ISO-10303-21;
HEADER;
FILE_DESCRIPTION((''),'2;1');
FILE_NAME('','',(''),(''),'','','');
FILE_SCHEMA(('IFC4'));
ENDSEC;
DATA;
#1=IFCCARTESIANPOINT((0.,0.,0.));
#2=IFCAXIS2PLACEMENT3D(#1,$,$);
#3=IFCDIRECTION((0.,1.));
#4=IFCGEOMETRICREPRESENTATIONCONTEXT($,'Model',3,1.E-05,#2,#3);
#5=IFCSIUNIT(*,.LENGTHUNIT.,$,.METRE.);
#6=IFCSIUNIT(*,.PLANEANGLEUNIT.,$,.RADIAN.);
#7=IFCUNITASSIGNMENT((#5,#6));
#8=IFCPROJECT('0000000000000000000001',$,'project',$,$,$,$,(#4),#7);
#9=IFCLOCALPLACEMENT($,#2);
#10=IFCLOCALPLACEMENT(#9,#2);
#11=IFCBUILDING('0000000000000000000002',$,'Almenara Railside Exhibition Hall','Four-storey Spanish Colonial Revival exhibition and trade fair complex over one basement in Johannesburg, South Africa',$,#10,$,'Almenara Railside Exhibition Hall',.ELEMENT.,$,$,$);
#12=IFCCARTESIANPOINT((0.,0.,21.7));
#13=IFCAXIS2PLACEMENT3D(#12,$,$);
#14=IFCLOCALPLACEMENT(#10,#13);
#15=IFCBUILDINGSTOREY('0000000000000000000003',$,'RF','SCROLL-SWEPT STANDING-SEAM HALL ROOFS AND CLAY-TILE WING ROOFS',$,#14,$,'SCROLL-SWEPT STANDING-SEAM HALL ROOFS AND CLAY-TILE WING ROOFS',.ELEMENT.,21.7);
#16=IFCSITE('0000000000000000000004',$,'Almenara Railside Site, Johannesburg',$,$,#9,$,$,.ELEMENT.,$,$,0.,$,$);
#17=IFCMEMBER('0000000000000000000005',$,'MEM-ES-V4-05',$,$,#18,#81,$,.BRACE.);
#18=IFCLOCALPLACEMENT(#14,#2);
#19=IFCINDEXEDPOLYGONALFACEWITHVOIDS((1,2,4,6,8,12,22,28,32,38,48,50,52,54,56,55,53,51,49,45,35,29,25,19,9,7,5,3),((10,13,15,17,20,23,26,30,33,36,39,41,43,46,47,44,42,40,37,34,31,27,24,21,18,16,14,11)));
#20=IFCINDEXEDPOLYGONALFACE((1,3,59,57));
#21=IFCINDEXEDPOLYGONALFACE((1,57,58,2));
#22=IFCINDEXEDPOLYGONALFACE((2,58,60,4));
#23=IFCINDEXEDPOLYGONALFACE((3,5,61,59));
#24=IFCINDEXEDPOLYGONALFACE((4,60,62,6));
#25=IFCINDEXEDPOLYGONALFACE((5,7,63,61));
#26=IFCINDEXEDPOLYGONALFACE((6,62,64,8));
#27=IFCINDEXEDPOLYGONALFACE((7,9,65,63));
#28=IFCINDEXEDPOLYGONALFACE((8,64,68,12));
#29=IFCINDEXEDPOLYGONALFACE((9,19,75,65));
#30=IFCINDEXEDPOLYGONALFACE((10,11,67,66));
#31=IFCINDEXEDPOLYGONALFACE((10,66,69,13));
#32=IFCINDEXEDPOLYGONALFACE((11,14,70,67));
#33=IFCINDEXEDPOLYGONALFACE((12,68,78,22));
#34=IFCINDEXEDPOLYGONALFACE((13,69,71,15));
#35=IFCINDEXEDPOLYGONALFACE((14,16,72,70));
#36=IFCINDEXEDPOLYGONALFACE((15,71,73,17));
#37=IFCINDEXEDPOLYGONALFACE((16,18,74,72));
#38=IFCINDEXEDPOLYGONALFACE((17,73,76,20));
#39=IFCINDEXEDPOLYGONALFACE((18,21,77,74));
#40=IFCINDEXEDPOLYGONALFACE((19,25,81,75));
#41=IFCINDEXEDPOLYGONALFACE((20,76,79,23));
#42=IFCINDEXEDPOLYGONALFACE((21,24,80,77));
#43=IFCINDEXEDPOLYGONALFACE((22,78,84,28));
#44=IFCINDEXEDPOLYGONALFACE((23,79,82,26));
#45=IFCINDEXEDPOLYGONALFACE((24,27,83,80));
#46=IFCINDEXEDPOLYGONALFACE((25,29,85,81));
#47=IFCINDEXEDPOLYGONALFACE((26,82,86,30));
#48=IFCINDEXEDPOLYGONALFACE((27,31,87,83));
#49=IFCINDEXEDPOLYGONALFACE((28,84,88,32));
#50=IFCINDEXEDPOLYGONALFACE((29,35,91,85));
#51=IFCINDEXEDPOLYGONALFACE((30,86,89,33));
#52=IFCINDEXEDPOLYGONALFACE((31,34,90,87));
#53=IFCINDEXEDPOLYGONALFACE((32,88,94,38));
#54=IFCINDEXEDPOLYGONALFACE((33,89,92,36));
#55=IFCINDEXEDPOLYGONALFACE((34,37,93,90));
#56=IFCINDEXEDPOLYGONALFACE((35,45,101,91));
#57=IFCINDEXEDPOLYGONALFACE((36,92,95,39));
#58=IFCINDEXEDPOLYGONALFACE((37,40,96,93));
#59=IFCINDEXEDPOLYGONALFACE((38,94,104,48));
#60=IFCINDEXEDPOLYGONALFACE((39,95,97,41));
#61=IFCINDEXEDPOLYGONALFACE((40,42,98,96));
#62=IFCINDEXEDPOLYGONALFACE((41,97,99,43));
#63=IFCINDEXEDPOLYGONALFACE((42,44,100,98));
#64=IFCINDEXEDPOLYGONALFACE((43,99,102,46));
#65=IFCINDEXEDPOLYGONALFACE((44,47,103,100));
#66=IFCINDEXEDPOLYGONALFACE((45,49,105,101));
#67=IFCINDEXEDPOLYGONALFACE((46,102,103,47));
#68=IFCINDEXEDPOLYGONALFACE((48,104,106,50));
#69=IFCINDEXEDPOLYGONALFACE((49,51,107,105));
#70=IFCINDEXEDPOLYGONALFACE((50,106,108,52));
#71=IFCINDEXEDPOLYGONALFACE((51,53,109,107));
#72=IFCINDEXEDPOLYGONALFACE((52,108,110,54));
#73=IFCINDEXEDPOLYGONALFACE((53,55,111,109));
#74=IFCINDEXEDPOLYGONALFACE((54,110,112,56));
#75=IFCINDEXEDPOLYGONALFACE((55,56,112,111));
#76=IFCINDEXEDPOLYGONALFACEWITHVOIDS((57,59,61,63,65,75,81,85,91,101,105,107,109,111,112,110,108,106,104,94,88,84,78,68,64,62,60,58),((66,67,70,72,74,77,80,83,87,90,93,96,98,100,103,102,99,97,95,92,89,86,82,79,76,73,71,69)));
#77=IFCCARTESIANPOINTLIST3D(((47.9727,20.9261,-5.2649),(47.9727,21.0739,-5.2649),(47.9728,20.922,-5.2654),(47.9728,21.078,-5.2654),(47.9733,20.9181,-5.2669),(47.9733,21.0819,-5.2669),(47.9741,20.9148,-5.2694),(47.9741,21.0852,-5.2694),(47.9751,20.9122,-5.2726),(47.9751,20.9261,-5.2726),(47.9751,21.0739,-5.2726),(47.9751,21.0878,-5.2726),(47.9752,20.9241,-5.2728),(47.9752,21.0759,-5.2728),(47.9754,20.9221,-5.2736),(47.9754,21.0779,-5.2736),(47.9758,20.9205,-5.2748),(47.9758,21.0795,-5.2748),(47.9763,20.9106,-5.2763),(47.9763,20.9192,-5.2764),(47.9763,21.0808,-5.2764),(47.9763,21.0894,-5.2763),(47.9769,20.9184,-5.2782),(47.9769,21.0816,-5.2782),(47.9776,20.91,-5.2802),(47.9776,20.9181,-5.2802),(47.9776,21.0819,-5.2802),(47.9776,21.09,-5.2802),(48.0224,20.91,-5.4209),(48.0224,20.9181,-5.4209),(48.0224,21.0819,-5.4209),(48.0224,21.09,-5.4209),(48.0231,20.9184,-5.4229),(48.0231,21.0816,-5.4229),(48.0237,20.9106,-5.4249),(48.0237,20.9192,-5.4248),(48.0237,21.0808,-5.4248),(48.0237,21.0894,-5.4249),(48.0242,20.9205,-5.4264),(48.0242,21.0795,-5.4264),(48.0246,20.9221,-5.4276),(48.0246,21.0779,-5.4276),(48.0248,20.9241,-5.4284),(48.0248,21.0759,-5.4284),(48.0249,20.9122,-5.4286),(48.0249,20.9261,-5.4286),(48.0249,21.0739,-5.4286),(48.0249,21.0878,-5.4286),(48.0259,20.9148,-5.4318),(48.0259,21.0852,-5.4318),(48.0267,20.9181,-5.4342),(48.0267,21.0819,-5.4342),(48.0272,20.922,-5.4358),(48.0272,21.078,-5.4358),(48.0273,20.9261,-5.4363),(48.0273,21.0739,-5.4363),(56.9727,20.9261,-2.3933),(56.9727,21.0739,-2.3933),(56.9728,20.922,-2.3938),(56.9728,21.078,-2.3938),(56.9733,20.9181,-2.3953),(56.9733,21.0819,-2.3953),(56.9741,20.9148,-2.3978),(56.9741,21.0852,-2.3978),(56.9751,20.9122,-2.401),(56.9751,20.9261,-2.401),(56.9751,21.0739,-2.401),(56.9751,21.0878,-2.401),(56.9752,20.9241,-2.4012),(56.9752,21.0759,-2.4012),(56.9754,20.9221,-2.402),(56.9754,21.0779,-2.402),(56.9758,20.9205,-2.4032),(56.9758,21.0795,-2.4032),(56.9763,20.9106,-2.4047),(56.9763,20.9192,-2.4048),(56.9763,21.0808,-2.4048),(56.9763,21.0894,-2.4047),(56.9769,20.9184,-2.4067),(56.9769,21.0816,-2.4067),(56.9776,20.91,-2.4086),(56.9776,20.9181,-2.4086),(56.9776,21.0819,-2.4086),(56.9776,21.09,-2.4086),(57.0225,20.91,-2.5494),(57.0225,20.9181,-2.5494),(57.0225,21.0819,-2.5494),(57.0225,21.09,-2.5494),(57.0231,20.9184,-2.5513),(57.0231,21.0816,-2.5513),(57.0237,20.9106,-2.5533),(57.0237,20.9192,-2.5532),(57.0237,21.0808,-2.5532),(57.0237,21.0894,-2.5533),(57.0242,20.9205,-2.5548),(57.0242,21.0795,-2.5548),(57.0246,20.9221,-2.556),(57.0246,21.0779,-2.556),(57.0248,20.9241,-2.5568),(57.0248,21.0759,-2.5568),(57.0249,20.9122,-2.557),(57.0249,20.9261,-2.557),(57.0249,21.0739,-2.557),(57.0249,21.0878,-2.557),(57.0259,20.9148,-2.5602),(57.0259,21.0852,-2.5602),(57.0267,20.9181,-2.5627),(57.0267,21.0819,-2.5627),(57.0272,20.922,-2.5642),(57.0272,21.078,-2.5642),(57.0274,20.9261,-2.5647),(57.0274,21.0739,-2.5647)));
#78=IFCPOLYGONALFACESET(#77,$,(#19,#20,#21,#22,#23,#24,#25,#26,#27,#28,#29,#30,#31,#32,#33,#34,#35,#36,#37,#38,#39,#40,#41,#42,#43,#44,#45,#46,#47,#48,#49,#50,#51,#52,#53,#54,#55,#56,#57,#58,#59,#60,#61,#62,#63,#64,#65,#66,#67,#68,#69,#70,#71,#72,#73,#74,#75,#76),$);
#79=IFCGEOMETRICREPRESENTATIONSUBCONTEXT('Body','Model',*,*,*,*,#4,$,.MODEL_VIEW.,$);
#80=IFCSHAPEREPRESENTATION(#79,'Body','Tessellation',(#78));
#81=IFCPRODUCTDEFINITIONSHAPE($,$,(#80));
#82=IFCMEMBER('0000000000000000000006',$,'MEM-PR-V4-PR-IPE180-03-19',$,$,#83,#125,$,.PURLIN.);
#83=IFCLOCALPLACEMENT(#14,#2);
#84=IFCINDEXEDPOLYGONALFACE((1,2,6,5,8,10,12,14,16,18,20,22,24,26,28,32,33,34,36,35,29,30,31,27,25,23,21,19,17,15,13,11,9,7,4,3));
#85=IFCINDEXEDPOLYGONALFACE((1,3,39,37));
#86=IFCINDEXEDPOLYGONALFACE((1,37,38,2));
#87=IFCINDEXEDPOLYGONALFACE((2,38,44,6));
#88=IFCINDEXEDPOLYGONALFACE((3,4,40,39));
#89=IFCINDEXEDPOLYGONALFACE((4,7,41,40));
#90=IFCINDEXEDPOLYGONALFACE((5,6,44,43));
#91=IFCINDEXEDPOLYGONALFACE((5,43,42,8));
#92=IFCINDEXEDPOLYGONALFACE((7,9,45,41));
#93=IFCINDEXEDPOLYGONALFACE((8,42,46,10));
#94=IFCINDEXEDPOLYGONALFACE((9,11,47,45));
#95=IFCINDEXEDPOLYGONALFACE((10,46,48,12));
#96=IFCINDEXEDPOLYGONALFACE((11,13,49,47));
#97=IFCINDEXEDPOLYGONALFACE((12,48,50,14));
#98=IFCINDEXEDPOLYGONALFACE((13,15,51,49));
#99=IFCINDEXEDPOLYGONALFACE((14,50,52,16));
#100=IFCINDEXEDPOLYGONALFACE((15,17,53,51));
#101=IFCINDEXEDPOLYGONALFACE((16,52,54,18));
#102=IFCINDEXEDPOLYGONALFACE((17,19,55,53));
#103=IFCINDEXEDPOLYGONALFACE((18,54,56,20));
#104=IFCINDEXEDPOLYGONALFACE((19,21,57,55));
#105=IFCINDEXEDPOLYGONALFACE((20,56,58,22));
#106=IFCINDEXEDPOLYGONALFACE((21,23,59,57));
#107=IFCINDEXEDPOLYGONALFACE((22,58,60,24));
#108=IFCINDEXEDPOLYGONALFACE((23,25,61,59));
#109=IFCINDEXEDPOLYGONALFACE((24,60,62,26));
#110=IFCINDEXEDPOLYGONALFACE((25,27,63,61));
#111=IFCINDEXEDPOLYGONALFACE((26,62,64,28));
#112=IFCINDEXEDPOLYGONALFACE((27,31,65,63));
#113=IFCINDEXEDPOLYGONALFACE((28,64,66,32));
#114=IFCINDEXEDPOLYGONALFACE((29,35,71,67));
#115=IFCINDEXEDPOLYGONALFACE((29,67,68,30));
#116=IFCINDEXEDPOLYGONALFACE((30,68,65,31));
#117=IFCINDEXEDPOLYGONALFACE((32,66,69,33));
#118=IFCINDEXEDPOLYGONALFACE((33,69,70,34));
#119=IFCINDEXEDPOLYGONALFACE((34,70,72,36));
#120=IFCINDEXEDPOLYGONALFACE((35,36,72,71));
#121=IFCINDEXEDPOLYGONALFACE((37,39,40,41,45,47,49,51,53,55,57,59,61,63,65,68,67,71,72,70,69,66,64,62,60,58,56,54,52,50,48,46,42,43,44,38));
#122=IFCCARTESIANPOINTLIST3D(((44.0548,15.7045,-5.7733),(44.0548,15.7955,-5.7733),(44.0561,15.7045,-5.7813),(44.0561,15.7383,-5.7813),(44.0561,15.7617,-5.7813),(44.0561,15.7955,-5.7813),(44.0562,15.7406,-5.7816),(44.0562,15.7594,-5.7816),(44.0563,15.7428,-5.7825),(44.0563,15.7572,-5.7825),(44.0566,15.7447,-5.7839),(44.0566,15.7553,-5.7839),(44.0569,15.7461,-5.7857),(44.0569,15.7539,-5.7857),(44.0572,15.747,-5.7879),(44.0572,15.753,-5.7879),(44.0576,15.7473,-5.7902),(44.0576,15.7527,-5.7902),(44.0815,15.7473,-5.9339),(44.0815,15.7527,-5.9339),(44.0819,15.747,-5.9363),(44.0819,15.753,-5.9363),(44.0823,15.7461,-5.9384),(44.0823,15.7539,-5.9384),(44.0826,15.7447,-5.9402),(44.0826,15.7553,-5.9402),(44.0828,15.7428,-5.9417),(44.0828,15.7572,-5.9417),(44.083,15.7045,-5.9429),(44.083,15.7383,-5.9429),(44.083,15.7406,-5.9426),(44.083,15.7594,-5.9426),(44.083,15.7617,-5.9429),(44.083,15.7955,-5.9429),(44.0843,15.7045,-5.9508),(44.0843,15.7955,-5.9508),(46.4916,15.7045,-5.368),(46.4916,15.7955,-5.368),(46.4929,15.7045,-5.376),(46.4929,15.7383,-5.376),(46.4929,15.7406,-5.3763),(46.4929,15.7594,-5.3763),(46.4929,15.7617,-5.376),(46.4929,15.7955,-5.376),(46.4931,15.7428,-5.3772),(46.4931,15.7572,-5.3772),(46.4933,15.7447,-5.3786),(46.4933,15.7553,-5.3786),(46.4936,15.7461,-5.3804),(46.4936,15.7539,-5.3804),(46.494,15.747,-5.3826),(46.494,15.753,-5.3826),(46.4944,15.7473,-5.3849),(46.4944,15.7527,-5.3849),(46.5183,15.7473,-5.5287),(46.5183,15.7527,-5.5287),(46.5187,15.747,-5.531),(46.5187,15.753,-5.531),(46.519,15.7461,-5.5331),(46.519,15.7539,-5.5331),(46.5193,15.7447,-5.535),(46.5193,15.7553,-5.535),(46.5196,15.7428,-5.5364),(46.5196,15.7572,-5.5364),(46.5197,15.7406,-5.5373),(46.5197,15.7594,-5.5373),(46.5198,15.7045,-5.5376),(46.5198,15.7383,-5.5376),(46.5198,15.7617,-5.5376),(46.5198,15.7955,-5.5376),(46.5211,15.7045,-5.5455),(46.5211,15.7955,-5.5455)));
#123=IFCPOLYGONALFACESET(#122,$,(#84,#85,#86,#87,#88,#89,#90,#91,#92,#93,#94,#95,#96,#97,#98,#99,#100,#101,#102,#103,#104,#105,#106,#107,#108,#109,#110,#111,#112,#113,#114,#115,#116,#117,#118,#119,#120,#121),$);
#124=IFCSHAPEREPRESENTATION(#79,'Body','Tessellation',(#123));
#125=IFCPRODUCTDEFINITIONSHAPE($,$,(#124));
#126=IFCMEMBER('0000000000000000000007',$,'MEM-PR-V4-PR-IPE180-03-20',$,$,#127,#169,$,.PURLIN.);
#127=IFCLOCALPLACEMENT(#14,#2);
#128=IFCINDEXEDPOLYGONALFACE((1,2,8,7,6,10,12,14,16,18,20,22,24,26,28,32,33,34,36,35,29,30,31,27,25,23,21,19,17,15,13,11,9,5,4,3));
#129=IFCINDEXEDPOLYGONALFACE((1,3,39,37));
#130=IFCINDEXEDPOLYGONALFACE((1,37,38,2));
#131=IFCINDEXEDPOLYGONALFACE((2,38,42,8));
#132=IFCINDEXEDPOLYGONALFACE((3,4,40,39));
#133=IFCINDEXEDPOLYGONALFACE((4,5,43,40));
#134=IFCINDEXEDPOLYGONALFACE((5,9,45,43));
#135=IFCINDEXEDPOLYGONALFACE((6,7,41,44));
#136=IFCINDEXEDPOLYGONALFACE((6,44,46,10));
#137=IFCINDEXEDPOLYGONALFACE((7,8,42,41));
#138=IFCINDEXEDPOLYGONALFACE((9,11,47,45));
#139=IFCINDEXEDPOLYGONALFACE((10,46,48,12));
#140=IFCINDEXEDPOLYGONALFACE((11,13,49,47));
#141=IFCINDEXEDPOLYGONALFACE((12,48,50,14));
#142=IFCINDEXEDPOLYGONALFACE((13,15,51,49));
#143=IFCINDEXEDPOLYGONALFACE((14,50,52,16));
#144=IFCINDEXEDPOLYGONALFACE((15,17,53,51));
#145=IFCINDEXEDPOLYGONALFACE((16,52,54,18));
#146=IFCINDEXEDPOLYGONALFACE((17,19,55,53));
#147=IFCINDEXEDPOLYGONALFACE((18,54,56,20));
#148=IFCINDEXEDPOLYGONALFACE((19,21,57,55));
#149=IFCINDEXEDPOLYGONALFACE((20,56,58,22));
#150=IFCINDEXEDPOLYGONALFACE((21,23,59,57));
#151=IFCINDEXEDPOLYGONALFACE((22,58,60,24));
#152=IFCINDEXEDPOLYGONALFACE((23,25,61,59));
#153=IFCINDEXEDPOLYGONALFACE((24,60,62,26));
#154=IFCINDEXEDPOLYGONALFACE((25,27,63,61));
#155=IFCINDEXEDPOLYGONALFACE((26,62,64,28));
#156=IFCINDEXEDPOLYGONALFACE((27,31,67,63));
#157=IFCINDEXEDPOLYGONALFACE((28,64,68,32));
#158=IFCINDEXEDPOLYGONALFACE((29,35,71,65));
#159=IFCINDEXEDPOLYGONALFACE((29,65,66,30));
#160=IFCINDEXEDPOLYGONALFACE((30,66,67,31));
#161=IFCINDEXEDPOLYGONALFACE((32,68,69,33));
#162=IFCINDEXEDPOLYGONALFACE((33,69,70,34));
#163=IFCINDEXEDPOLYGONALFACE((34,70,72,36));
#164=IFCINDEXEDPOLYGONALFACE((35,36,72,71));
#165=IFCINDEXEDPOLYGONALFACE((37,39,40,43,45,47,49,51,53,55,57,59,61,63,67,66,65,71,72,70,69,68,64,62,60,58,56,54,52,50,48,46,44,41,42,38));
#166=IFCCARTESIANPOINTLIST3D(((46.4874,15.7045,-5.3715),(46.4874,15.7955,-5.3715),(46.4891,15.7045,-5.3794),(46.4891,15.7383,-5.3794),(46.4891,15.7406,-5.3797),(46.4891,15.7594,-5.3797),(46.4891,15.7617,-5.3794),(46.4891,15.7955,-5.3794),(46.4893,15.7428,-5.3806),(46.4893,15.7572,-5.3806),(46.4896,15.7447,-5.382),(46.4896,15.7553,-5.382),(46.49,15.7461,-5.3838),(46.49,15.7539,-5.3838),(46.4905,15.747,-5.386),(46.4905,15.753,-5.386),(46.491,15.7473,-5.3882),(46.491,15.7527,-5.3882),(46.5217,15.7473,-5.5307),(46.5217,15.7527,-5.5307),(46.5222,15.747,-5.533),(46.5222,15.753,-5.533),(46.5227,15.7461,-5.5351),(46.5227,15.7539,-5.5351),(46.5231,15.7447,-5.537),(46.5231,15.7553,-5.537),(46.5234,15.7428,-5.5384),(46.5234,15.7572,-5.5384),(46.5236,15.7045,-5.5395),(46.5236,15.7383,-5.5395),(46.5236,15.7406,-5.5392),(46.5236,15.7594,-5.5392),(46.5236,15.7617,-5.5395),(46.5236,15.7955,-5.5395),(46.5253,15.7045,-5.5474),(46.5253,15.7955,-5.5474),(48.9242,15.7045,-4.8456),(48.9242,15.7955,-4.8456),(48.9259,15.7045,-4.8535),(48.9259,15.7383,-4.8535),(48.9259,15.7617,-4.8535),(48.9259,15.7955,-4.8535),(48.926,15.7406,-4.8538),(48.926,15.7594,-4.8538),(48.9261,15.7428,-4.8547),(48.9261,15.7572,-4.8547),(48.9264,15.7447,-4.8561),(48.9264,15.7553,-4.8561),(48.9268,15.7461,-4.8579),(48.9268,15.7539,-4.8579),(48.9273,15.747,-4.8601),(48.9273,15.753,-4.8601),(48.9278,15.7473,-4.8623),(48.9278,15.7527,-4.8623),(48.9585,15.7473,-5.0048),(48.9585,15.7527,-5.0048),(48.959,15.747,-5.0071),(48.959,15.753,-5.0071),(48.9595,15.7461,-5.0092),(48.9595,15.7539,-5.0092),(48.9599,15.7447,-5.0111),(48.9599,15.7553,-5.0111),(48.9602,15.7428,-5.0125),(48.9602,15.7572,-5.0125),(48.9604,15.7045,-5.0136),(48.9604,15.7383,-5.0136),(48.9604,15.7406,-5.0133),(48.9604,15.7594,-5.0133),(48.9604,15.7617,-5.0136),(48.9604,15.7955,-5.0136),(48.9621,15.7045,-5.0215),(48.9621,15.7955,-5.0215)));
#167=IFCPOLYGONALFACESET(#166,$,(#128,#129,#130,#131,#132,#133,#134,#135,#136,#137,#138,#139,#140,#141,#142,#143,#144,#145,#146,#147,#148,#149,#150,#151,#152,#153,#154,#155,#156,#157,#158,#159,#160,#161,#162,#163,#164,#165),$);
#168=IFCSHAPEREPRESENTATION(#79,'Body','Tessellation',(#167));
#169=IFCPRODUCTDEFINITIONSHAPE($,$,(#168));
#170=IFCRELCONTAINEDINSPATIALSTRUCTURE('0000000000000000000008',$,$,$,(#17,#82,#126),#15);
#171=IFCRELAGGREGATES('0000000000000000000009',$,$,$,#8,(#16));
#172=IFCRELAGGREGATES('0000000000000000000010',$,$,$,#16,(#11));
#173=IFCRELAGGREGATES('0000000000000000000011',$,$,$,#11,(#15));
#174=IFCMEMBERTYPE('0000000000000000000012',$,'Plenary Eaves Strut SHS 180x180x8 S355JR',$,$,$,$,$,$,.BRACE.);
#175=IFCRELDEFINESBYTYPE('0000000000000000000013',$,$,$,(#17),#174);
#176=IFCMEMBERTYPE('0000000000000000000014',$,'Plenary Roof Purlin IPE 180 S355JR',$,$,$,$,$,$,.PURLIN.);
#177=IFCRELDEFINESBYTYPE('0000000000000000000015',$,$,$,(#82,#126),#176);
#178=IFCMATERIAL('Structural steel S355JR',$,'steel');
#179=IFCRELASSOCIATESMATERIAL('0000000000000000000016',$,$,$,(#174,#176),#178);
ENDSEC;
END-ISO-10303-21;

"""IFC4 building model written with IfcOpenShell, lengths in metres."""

from ifc_helpers import new_model, si_unit, direction, frame, origin, origin_2d, place, context, subcontext, project, spatial, hollow_rectangle, i_section, extrude, material, material_profile, profile_set, type_object, element, save


model = new_model("IFC4")

# Units and contexts
model_context = context("Model", 3, precision=1e-05, world=origin(), true_north=direction((0.0, 1.0)))
body_context = subcontext(model_context, "Body", "Model", "MODEL_VIEW")
ifc_project = project(units=[si_unit("LENGTHUNIT", "METRE"), si_unit("PLANEANGLEUNIT", "RADIAN")], contexts=[model_context])

# Site, building, storey
site_placement = place(None, origin())
site = spatial("IfcSite", under=ifc_project, at=site_placement, Name="Almenara Railside Site, Johannesburg", CompositionType="ELEMENT", RefElevation=0.0)
building_placement = place(site_placement, origin())
building = spatial("IfcBuilding", under=site, at=building_placement, Name="Almenara Railside Exhibition Hall", Description="Four-storey Spanish Colonial Revival exhibition and trade fair complex over one basement in Johannesburg, South Africa", LongName="Almenara Railside Exhibition Hall", CompositionType="ELEMENT")
storey_placement = place(building_placement, frame((0.0, 0.0, 21.7)))
storey = spatial("IfcBuildingStorey", under=building, at=storey_placement, Name="RF", Description="SCROLL-SWEPT STANDING-SEAM HALL ROOFS AND CLAY-TILE WING ROOFS", LongName="SCROLL-SWEPT STANDING-SEAM HALL ROOFS AND CLAY-TILE WING ROOFS", CompositionType="ELEMENT", Elevation=21.7)

# Members
ifc_material_1 = material(Name="Structural steel S355JR", Category="steel")
ifc_material_profile_1 = material_profile(ifc_material_1, hollow_rectangle(XDim=0.1799, YDim=0.1799, WallThickness=0.0081, InnerFilletRadius=0.0081, OuterFilletRadius=0.0161, at=origin_2d()), Name="SHS 180x180x8")
ifc_profile_set_1 = profile_set([ifc_material_profile_1], Name="Structural steel S355JR")
member_type_1 = type_object("IfcMemberType", Name="Plenary Eaves Strut SHS 180x180x8 S355JR", PredefinedType="BRACE", material=ifc_profile_set_1)
member_1_placement = place(storey_placement, frame((48.0, 21.0, -5.3506), z_axis=(0.952682, 0.0, 0.303967), x_axis=(0.0, 1.0, 0.0)))
element("IfcMember", 1, at=member_1_placement, inside=storey, type_object=member_type_1, Name="MEM-ES-V4-05", PredefinedType="BRACE", context=body_context, shape_type="SweptSolid", body=[
    extrude(hollow_rectangle(XDim=0.1799, YDim=0.1799, WallThickness=0.0081, InnerFilletRadius=0.0081, OuterFilletRadius=0.0161, at=origin_2d()), origin(), (0.0, 0.0, 1.0), 9.447),
])
ifc_material_profile_2 = material_profile(ifc_material_1, i_section(OverallWidth=0.0911, OverallDepth=0.1799, WebThickness=0.0054, FlangeThickness=0.0081, FilletRadius=0.009, at=origin_2d()), Name="IPE 180")
ifc_profile_set_2 = profile_set([ifc_material_profile_2], Name="Structural steel S355JR")
member_type_2 = type_object("IfcMemberType", Name="Plenary Roof Purlin IPE 180 S355JR", PredefinedType="PURLIN", material=ifc_profile_set_2)
member_2_placement = place(storey_placement, frame((44.0696, 15.75, -5.8621), z_axis=(0.98645, 0.0, 0.164062), x_axis=(0.0, 1.0, 0.0)))
element("IfcMember", 2, at=member_2_placement, inside=storey, type_object=member_type_2, Name="MEM-PR-V4-PR-IPE180-03-19", PredefinedType="PURLIN", context=body_context, shape_type="SweptSolid", body=[
    extrude(i_section(OverallWidth=0.0911, OverallDepth=0.1799, WebThickness=0.0054, FlangeThickness=0.0081, FilletRadius=0.009, at=origin_2d()), origin(), (0.0, 0.0, 1.0), 2.4702),
])
member_3_placement = place(storey_placement, frame((46.5063, 15.75, -5.4595), z_axis=(0.977496, 0.0, 0.210953), x_axis=(0.0, 1.0, 0.0)))
element("IfcMember", 3, at=member_3_placement, inside=storey, type_object=member_type_2, Name="MEM-PR-V4-PR-IPE180-03-20", PredefinedType="PURLIN", context=body_context, shape_type="SweptSolid", body=[
    extrude(i_section(OverallWidth=0.0911, OverallDepth=0.1799, WebThickness=0.0054, FlangeThickness=0.0081, FilletRadius=0.009, at=origin_2d()), origin(), (0.0, 0.0, 1.0), 2.4929),
])

save(model, "model.ifc")
